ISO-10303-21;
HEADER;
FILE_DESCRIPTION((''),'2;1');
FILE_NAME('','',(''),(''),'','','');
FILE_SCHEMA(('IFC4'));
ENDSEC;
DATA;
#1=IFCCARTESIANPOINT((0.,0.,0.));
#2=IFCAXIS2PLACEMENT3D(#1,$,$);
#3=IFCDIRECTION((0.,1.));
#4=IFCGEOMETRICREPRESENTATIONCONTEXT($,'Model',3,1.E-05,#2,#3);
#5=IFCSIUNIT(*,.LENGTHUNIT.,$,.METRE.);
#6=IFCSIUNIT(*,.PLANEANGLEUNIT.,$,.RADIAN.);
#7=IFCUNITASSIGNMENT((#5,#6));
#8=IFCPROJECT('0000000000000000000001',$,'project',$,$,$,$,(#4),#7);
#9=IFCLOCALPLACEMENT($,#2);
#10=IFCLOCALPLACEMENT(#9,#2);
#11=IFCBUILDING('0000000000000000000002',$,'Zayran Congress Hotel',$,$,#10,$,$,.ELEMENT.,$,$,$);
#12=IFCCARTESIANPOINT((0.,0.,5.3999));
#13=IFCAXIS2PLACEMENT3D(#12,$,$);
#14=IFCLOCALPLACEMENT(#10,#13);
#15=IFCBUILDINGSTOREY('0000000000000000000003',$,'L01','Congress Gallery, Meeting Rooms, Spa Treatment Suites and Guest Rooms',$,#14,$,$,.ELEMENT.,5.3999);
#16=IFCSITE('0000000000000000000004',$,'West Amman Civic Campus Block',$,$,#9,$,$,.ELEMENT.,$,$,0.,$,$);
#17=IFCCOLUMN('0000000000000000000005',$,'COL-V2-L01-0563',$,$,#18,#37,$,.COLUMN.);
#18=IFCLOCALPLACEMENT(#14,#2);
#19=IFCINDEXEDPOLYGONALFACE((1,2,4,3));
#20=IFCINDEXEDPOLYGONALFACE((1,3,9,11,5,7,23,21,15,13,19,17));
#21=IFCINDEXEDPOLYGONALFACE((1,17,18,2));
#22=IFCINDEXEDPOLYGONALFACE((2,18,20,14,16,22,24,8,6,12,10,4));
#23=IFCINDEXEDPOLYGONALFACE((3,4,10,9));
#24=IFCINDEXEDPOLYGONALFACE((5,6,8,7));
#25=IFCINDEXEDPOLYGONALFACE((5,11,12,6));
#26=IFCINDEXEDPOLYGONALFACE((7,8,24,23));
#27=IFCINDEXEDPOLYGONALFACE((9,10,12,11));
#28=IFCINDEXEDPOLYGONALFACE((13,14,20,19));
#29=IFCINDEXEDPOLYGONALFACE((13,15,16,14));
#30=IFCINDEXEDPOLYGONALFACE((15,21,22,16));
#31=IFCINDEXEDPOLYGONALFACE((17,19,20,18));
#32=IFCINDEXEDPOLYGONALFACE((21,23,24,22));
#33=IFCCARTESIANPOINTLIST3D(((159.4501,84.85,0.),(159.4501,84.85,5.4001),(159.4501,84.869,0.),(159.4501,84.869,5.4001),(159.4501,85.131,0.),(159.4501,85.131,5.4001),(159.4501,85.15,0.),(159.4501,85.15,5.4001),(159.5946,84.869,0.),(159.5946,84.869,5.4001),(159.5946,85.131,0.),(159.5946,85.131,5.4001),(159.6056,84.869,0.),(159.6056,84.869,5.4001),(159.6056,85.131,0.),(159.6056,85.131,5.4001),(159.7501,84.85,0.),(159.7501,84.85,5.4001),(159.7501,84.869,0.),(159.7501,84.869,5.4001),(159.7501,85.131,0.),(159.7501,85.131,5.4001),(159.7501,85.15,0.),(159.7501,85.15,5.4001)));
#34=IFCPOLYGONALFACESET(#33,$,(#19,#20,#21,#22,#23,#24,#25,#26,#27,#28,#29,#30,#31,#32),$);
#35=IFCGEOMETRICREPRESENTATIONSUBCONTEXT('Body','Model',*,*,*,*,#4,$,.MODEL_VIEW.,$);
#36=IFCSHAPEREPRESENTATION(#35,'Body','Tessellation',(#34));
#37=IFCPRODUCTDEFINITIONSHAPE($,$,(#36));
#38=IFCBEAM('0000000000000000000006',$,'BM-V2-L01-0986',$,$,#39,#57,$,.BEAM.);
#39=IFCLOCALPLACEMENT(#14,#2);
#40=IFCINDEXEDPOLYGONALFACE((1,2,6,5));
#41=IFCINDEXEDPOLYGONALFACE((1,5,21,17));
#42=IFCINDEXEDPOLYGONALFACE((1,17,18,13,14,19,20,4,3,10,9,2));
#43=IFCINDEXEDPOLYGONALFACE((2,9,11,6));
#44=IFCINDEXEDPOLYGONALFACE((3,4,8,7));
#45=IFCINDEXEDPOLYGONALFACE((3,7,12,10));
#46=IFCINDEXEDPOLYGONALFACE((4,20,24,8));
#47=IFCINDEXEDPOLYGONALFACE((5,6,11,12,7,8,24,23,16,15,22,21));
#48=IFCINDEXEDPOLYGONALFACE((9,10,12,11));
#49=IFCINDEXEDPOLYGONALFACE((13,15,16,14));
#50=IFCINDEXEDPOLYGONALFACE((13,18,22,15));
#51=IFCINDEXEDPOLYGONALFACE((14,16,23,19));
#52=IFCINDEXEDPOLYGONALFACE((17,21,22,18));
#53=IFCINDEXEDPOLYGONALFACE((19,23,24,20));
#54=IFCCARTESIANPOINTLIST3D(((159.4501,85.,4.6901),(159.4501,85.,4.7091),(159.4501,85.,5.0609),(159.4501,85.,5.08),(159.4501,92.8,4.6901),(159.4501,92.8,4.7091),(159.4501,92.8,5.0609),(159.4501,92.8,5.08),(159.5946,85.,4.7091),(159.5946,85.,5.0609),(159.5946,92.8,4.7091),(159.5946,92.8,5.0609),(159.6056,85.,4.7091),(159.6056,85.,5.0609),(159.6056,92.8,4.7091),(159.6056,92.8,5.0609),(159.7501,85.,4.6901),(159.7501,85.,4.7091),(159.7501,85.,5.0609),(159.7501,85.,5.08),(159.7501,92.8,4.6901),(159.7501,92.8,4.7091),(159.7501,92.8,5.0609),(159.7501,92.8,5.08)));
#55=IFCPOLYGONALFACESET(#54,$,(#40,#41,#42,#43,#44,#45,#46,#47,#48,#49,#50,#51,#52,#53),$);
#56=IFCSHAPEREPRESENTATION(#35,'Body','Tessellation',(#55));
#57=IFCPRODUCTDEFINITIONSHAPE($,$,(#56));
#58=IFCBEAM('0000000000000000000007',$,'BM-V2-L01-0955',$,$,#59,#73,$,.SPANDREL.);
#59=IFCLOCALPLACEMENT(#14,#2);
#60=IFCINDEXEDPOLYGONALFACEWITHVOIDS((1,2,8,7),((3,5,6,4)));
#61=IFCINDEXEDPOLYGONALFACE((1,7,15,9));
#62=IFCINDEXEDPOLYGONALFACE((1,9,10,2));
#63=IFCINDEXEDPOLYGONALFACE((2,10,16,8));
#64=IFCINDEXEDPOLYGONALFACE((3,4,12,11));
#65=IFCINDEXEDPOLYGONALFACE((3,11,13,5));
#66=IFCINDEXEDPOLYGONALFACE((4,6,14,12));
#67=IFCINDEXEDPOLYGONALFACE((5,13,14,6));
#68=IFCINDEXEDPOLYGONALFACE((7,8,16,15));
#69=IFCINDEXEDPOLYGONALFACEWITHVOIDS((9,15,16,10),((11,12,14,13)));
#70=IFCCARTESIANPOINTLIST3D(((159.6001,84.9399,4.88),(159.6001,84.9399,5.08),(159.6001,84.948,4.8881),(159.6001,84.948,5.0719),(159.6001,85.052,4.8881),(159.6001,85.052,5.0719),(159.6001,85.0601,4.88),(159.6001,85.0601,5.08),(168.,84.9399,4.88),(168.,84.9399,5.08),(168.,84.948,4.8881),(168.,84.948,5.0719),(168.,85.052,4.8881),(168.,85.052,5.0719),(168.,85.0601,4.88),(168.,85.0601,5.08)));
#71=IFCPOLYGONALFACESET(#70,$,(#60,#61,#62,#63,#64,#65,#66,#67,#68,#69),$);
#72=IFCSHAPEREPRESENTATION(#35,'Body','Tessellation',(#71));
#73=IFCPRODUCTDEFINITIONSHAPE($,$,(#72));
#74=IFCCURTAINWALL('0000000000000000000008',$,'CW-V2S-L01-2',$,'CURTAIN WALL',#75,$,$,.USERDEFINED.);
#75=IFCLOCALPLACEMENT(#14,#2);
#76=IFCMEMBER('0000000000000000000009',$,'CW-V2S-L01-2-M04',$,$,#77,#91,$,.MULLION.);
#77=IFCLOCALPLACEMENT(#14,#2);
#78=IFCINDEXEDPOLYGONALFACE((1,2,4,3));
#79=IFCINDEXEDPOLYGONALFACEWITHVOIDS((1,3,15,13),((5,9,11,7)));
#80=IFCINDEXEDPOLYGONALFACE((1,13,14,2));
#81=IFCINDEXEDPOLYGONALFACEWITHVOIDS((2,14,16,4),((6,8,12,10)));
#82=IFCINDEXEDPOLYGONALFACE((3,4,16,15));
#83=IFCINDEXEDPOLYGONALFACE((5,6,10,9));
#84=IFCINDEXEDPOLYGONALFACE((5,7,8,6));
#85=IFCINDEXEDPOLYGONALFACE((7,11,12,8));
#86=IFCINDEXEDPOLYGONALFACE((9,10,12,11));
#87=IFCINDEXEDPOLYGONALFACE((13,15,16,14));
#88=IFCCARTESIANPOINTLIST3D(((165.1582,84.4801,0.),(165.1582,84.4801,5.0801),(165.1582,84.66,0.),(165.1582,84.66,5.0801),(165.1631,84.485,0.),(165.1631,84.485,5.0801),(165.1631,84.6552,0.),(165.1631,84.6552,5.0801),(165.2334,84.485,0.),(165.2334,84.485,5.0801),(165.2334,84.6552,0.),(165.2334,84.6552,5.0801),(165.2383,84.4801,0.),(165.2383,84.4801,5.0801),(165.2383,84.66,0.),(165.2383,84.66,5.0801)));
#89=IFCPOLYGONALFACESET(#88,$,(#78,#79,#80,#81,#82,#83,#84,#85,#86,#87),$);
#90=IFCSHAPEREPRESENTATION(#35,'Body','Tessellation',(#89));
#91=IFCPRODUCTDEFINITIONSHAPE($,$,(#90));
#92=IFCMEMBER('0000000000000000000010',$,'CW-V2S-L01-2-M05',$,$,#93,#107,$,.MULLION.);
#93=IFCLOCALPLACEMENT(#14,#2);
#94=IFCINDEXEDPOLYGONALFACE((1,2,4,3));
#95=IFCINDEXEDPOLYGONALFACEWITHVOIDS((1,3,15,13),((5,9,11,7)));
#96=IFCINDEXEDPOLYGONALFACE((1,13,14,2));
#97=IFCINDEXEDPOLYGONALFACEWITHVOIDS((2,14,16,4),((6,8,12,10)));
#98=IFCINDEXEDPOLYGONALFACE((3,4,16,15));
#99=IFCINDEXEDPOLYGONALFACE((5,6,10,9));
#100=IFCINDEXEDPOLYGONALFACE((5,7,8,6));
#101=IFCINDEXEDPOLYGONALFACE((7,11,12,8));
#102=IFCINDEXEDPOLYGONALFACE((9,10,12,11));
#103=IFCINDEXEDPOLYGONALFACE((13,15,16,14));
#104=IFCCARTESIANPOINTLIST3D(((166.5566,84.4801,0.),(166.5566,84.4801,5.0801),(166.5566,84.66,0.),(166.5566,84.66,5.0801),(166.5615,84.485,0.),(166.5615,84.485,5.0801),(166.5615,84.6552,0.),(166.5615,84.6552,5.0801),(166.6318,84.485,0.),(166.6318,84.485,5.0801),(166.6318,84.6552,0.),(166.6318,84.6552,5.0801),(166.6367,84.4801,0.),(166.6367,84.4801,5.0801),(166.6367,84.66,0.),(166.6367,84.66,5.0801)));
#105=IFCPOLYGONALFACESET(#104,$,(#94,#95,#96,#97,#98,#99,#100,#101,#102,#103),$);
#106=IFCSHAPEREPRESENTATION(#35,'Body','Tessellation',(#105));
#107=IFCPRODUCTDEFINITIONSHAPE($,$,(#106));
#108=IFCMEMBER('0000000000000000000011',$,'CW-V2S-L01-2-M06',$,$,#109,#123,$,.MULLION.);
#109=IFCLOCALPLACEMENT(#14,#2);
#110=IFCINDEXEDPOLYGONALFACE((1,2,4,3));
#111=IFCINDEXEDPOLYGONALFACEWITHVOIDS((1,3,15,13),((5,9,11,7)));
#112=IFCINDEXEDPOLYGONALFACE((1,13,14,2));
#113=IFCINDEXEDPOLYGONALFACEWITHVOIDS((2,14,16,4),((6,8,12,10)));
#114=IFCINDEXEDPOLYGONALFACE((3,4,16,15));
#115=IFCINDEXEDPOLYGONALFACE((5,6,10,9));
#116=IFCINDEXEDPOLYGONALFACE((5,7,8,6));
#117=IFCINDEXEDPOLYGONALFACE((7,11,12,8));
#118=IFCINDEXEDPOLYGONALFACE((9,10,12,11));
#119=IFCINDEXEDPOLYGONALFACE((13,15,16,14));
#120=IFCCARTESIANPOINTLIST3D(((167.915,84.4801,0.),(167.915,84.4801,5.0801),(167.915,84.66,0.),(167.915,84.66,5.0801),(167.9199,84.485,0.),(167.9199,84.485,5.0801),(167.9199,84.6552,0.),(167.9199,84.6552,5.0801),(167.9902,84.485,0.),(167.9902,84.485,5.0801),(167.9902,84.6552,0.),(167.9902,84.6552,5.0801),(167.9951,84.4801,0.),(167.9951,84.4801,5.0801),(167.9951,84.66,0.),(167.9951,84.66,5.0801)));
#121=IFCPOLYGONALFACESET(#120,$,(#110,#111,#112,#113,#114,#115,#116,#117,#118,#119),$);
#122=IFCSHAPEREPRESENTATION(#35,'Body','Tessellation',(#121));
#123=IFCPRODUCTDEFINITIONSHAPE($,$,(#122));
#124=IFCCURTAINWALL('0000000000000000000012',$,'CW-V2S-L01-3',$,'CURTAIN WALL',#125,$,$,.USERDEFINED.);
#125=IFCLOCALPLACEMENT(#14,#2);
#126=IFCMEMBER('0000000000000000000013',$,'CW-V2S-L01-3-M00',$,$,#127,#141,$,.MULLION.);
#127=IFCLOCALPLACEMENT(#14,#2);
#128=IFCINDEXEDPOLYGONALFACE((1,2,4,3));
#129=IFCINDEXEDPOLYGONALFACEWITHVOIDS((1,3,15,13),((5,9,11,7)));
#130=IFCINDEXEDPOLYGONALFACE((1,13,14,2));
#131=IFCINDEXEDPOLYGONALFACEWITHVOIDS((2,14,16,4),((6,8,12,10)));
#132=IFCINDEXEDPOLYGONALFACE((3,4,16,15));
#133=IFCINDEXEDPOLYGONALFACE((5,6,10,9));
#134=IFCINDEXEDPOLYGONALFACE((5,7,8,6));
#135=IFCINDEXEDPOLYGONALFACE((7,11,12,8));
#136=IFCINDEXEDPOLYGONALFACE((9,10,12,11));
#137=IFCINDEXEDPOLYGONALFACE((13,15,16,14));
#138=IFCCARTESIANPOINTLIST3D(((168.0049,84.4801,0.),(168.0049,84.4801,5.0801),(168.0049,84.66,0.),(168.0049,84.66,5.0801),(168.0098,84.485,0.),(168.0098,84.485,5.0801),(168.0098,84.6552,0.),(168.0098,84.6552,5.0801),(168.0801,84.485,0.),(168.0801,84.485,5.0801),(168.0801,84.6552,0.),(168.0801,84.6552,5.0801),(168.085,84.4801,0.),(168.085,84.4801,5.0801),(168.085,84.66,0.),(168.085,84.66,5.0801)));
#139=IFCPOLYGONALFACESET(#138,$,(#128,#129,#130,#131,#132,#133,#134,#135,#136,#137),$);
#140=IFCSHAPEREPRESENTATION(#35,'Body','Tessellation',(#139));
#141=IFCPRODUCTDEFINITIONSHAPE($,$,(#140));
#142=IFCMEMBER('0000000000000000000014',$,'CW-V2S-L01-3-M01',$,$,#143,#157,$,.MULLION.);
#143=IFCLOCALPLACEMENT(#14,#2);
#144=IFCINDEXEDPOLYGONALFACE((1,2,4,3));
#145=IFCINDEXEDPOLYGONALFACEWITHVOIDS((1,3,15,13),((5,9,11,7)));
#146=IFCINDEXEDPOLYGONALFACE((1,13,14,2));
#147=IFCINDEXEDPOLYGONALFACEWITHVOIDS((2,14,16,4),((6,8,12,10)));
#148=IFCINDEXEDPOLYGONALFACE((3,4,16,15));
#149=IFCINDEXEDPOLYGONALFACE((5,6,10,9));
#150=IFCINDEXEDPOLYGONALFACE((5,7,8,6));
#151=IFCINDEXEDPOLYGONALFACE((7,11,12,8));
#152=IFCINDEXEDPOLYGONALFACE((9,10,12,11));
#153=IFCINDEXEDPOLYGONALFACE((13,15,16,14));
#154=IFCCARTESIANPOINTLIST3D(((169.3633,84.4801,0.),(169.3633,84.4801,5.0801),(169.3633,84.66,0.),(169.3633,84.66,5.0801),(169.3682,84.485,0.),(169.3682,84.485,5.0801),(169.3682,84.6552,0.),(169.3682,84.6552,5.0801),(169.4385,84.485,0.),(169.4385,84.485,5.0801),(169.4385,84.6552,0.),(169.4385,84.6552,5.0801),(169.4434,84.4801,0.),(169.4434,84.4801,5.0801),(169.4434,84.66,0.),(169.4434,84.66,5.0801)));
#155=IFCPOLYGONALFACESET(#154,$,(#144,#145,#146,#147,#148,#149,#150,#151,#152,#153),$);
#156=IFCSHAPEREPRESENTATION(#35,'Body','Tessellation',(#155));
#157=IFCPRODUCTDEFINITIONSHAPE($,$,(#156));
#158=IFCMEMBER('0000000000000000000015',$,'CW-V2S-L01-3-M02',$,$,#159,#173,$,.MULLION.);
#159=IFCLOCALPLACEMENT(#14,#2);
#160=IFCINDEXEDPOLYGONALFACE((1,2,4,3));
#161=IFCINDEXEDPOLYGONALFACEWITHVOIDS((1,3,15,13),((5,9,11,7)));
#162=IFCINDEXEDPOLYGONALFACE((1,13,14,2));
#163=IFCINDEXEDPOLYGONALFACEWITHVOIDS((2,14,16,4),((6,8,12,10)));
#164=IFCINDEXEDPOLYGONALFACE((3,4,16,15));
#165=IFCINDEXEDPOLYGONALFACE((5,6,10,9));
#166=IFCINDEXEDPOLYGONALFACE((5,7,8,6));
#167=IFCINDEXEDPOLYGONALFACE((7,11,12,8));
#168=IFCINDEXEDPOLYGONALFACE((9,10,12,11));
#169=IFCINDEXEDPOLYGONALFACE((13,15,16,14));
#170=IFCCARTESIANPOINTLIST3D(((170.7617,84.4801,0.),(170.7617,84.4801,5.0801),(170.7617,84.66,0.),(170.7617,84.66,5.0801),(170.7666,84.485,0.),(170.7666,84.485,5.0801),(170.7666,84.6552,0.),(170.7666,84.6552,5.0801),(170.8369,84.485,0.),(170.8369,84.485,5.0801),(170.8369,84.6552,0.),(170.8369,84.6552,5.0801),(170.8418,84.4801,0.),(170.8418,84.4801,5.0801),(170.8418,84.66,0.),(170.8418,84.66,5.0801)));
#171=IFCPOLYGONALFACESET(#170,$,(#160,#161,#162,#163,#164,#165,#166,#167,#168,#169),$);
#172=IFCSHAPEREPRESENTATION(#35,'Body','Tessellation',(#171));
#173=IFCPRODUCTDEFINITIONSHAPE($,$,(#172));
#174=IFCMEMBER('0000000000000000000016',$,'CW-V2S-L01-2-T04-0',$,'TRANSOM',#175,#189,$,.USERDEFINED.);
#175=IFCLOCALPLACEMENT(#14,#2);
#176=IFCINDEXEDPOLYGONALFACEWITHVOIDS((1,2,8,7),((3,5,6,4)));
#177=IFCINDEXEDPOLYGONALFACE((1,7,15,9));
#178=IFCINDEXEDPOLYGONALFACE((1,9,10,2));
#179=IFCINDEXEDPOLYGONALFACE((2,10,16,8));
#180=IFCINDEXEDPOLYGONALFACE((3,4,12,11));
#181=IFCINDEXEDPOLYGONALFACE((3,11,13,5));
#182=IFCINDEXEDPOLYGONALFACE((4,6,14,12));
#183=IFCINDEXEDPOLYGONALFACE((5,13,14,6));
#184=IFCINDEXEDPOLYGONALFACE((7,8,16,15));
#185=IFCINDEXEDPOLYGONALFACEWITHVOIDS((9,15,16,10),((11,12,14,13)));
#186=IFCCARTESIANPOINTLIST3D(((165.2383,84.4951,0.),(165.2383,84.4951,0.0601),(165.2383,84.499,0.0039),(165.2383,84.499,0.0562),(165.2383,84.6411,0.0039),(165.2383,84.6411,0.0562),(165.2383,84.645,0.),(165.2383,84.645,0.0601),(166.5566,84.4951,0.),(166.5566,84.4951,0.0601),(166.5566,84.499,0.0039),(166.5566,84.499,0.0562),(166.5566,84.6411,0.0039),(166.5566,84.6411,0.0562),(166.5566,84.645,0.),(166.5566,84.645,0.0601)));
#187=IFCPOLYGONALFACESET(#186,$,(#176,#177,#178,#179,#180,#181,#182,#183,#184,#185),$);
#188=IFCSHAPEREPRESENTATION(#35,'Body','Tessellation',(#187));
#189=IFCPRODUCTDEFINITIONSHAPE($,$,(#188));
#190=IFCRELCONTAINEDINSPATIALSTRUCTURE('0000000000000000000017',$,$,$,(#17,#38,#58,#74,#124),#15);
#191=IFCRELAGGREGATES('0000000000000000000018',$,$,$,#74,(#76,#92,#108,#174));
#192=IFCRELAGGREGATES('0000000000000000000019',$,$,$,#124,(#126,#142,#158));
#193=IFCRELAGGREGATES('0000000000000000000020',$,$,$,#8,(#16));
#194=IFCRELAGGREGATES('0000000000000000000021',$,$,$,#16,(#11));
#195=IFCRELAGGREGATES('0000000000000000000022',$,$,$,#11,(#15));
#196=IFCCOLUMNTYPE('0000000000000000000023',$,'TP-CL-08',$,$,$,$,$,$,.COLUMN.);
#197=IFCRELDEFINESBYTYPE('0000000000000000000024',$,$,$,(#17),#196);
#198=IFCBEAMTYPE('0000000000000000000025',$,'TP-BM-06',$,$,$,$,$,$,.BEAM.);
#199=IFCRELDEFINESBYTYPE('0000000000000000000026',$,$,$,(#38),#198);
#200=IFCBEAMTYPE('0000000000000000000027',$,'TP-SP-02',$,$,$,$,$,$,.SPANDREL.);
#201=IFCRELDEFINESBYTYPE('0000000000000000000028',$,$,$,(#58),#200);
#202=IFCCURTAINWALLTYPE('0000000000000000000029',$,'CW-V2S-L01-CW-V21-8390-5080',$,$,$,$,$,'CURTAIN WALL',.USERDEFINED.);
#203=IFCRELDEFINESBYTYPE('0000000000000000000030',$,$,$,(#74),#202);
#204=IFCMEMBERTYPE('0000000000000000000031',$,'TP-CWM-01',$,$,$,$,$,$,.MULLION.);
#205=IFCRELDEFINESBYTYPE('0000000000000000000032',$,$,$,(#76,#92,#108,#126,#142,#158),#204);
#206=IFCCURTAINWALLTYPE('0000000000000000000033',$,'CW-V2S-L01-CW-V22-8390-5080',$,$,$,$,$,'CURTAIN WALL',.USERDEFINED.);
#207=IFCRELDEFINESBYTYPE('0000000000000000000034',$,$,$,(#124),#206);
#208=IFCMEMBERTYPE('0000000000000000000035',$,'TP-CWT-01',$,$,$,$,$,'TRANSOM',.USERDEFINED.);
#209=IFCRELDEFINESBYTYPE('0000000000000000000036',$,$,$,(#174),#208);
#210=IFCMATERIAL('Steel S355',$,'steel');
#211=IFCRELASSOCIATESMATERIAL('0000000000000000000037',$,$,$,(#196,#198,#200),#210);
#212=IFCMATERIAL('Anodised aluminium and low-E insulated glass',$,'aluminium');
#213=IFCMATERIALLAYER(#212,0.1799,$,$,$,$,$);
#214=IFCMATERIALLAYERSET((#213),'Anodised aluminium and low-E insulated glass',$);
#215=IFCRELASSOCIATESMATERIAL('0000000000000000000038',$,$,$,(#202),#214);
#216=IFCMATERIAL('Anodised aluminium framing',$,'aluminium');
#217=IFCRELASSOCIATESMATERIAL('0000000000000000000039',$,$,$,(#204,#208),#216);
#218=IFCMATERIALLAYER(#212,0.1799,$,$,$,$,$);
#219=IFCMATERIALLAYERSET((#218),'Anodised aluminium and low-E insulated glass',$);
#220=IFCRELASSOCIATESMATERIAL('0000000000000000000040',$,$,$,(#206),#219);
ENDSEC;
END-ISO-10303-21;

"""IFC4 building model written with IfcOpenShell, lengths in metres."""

from ifc_helpers import new_model, si_unit, direction, frame, origin, origin_2d, place, context, subcontext, project, spatial, hollow_rectangle, i_section, extrude, material, layer, layer_set, material_profile, profile_set, type_object, element, aggregate, save


model = new_model("IFC4")

# Units and contexts
model_context = context("Model", 3, precision=1e-05, world=origin(), true_north=direction((0.0, 1.0)))
body_context = subcontext(model_context, "Body", "Model", "MODEL_VIEW")
ifc_project = project(units=[si_unit("LENGTHUNIT", "METRE"), si_unit("PLANEANGLEUNIT", "RADIAN")], contexts=[model_context])

# Site, building, storey
site_placement = place(None, origin())
site = spatial("IfcSite", under=ifc_project, at=site_placement, Name="West Amman Civic Campus Block", CompositionType="ELEMENT", RefElevation=0.0)
building_placement = place(site_placement, origin())
building = spatial("IfcBuilding", under=site, at=building_placement, Name="Zayran Congress Hotel", CompositionType="ELEMENT")
storey_placement = place(building_placement, frame((0.0, 0.0, 5.3999)))
storey = spatial("IfcBuildingStorey", under=building, at=storey_placement, Name="L01", Description="Congress Gallery, Meeting Rooms, Spa Treatment Suites and Guest Rooms", CompositionType="ELEMENT", Elevation=5.3999)

# Column
ifc_material_1 = material(Name="Steel S355", Category="steel")
ifc_material_profile_1 = material_profile(ifc_material_1, i_section(OverallWidth=0.3, OverallDepth=0.3, WebThickness=0.011, FlangeThickness=0.019, at=origin_2d()), Name="HEB 300")
ifc_profile_set_1 = profile_set([ifc_material_profile_1], Name="Steel S355")
column_type = type_object("IfcColumnType", Name="TP-CL-08", PredefinedType="COLUMN", material=ifc_profile_set_1)
column_placement = place(storey_placement, frame((159.6001, 85.0, 0.0), z_axis=(0.0, 0.0, 1.0), x_axis=(1.0, 0.0, 0.0)))
element("IfcColumn", 1, at=column_placement, inside=storey, type_object=column_type, Name="COL-V2-L01-0563", PredefinedType="COLUMN", context=body_context, shape_type="SweptSolid", body=[
    extrude(i_section(OverallWidth=0.3, OverallDepth=0.3, WebThickness=0.011, FlangeThickness=0.019, at=origin_2d()), origin(), (0.0, 0.0, 1.0), 5.4001),
])

# Beams
ifc_material_profile_2 = material_profile(ifc_material_1, i_section(OverallWidth=0.3, OverallDepth=0.3899, WebThickness=0.011, FlangeThickness=0.019, at=origin_2d()), Name="HEA 400")
ifc_profile_set_2 = profile_set([ifc_material_profile_2], Name="Steel S355")
beam_type_1 = type_object("IfcBeamType", Name="TP-BM-06", PredefinedType="BEAM", material=ifc_profile_set_2)
beam_1_placement = place(storey_placement, frame((159.6001, 85.0, 4.885), z_axis=(0.0, 1.0, 0.0), x_axis=(-1.0, 0.0, 0.0)))
element("IfcBeam", 2, at=beam_1_placement, inside=storey, type_object=beam_type_1, Name="BM-V2-L01-0986", PredefinedType="BEAM", context=body_context, shape_type="SweptSolid", body=[
    extrude(i_section(OverallWidth=0.3, OverallDepth=0.3899, WebThickness=0.011, FlangeThickness=0.019, at=origin_2d()), origin(), (0.0, 0.0, 1.0), 7.8),
])
ifc_material_profile_3 = material_profile(ifc_material_1, hollow_rectangle(XDim=0.1201, YDim=0.2, WallThickness=0.0081, at=origin_2d()), Name="RHS 200x120x8")
ifc_profile_set_3 = profile_set([ifc_material_profile_3], Name="Steel S355")
beam_type_2 = type_object("IfcBeamType", Name="TP-SP-02", PredefinedType="SPANDREL", material=ifc_profile_set_3)
beam_2_placement = place(storey_placement, frame((159.6001, 85.0, 4.98), z_axis=(1.0, 0.0, 0.0), x_axis=(0.0, 1.0, 0.0)))
element("IfcBeam", 3, at=beam_2_placement, inside=storey, type_object=beam_type_2, Name="BM-V2-L01-0955", PredefinedType="SPANDREL", context=body_context, shape_type="SweptSolid", body=[
    extrude(hollow_rectangle(XDim=0.1201, YDim=0.2, WallThickness=0.0081, at=origin_2d()), origin(), (0.0, 0.0, 1.0), 8.3999),
])

# Curtain walls, members
ifc_material_2 = material(Name="Anodised aluminium and low-E insulated glass", Category="aluminium")
ifc_layer_1 = layer(ifc_material_2, 0.1799)
ifc_layer_set_1 = layer_set([ifc_layer_1], Name="Anodised aluminium and low-E insulated glass")
curtain_wall_type_1 = type_object("IfcCurtainWallType", Name="CW-V2S-L01-CW-V21-8390-5080", ElementType="CURTAIN WALL", PredefinedType="USERDEFINED", material=ifc_layer_set_1)
curtain_wall_1_placement = place(storey_placement, origin())
curtain_wall_1 = element("IfcCurtainWall", 4, at=curtain_wall_1_placement, inside=storey, type_object=curtain_wall_type_1, Name="CW-V2S-L01-2", ObjectType="CURTAIN WALL", PredefinedType="USERDEFINED")
ifc_material_3 = material(Name="Anodised aluminium framing", Category="aluminium")
ifc_material_profile_4 = material_profile(ifc_material_3, hollow_rectangle(XDim=0.0801, YDim=0.1799, WallThickness=0.0049, at=origin_2d()), Name="RHS 180x80x5")
ifc_profile_set_4 = profile_set([ifc_material_profile_4], Name="Anodised aluminium framing")
member_type_1 = type_object("IfcMemberType", Name="TP-CWM-01", PredefinedType="MULLION", material=ifc_profile_set_4)
member_1_placement = place(storey_placement, frame((165.1982, 84.5701, 0.0), z_axis=(0.0, 0.0, 1.0), x_axis=(1.0, 0.0, 0.0)))
member_1 = element("IfcMember", 5, at=member_1_placement, type_object=member_type_1, Name="CW-V2S-L01-2-M04", PredefinedType="MULLION", context=body_context, shape_type="SweptSolid", body=[
    extrude(hollow_rectangle(XDim=0.0801, YDim=0.1799, WallThickness=0.0049, at=origin_2d()), origin(), (0.0, 0.0, 1.0), 5.0801),
])
member_2_placement = place(storey_placement, frame((166.5967, 84.5701, 0.0), z_axis=(0.0, 0.0, 1.0), x_axis=(1.0, 0.0, 0.0)))
member_2 = element("IfcMember", 6, at=member_2_placement, type_object=member_type_1, Name="CW-V2S-L01-2-M05", PredefinedType="MULLION", context=body_context, shape_type="SweptSolid", body=[
    extrude(hollow_rectangle(XDim=0.0801, YDim=0.1799, WallThickness=0.0049, at=origin_2d()), origin(), (0.0, 0.0, 1.0), 5.0801),
])
member_3_placement = place(storey_placement, frame((167.9551, 84.5701, 0.0), z_axis=(0.0, 0.0, 1.0), x_axis=(1.0, 0.0, 0.0)))
member_3 = element("IfcMember", 7, at=member_3_placement, type_object=member_type_1, Name="CW-V2S-L01-2-M06", PredefinedType="MULLION", context=body_context, shape_type="SweptSolid", body=[
    extrude(hollow_rectangle(XDim=0.0801, YDim=0.1799, WallThickness=0.0049, at=origin_2d()), origin(), (0.0, 0.0, 1.0), 5.0801),
])
ifc_layer_2 = layer(ifc_material_2, 0.1799)
ifc_layer_set_2 = layer_set([ifc_layer_2], Name="Anodised aluminium and low-E insulated glass")
curtain_wall_type_2 = type_object("IfcCurtainWallType", Name="CW-V2S-L01-CW-V22-8390-5080", ElementType="CURTAIN WALL", PredefinedType="USERDEFINED", material=ifc_layer_set_2)
curtain_wall_2_placement = place(storey_placement, origin())
curtain_wall_2 = element("IfcCurtainWall", 8, at=curtain_wall_2_placement, inside=storey, type_object=curtain_wall_type_2, Name="CW-V2S-L01-3", ObjectType="CURTAIN WALL", PredefinedType="USERDEFINED")
member_4_placement = place(storey_placement, frame((168.0449, 84.5701, 0.0), z_axis=(0.0, 0.0, 1.0), x_axis=(1.0, 0.0, 0.0)))
member_4 = element("IfcMember", 9, at=member_4_placement, type_object=member_type_1, Name="CW-V2S-L01-3-M00", PredefinedType="MULLION", context=body_context, shape_type="SweptSolid", body=[
    extrude(hollow_rectangle(XDim=0.0801, YDim=0.1799, WallThickness=0.0049, at=origin_2d()), origin(), (0.0, 0.0, 1.0), 5.0801),
])
member_5_placement = place(storey_placement, frame((169.4033, 84.5701, 0.0), z_axis=(0.0, 0.0, 1.0), x_axis=(1.0, 0.0, 0.0)))
member_5 = element("IfcMember", 10, at=member_5_placement, type_object=member_type_1, Name="CW-V2S-L01-3-M01", PredefinedType="MULLION", context=body_context, shape_type="SweptSolid", body=[
    extrude(hollow_rectangle(XDim=0.0801, YDim=0.1799, WallThickness=0.0049, at=origin_2d()), origin(), (0.0, 0.0, 1.0), 5.0801),
])
member_6_placement = place(storey_placement, frame((170.8018, 84.5701, 0.0), z_axis=(0.0, 0.0, 1.0), x_axis=(1.0, 0.0, 0.0)))
member_6 = element("IfcMember", 11, at=member_6_placement, type_object=member_type_1, Name="CW-V2S-L01-3-M02", PredefinedType="MULLION", context=body_context, shape_type="SweptSolid", body=[
    extrude(hollow_rectangle(XDim=0.0801, YDim=0.1799, WallThickness=0.0049, at=origin_2d()), origin(), (0.0, 0.0, 1.0), 5.0801),
])

# Member
ifc_material_profile_5 = material_profile(ifc_material_3, hollow_rectangle(XDim=0.0601, YDim=0.1499, WallThickness=0.0039, at=origin_2d()), Name="RHS 150x60x4")
ifc_profile_set_5 = profile_set([ifc_material_profile_5], Name="Anodised aluminium framing")
member_type_2 = type_object("IfcMemberType", Name="TP-CWT-01", ElementType="TRANSOM", PredefinedType="USERDEFINED", material=ifc_profile_set_5)
member_7_placement = place(storey_placement, frame((165.2383, 84.5701, 0.03), z_axis=(1.0, 0.0, 0.0), x_axis=(0.0, 0.0, 1.0)))
member_7 = element("IfcMember", 12, at=member_7_placement, type_object=member_type_2, Name="CW-V2S-L01-2-T04-0", ObjectType="TRANSOM", PredefinedType="USERDEFINED", context=body_context, shape_type="SweptSolid", body=[
    extrude(hollow_rectangle(XDim=0.0601, YDim=0.1499, WallThickness=0.0039, at=origin_2d()), origin(), (0.0, 0.0, 1.0), 1.3184),
])

aggregate(curtain_wall_1, [member_1, member_2, member_3, member_7])
aggregate(curtain_wall_2, [member_4, member_5, member_6])

save(model, "model.ifc")
